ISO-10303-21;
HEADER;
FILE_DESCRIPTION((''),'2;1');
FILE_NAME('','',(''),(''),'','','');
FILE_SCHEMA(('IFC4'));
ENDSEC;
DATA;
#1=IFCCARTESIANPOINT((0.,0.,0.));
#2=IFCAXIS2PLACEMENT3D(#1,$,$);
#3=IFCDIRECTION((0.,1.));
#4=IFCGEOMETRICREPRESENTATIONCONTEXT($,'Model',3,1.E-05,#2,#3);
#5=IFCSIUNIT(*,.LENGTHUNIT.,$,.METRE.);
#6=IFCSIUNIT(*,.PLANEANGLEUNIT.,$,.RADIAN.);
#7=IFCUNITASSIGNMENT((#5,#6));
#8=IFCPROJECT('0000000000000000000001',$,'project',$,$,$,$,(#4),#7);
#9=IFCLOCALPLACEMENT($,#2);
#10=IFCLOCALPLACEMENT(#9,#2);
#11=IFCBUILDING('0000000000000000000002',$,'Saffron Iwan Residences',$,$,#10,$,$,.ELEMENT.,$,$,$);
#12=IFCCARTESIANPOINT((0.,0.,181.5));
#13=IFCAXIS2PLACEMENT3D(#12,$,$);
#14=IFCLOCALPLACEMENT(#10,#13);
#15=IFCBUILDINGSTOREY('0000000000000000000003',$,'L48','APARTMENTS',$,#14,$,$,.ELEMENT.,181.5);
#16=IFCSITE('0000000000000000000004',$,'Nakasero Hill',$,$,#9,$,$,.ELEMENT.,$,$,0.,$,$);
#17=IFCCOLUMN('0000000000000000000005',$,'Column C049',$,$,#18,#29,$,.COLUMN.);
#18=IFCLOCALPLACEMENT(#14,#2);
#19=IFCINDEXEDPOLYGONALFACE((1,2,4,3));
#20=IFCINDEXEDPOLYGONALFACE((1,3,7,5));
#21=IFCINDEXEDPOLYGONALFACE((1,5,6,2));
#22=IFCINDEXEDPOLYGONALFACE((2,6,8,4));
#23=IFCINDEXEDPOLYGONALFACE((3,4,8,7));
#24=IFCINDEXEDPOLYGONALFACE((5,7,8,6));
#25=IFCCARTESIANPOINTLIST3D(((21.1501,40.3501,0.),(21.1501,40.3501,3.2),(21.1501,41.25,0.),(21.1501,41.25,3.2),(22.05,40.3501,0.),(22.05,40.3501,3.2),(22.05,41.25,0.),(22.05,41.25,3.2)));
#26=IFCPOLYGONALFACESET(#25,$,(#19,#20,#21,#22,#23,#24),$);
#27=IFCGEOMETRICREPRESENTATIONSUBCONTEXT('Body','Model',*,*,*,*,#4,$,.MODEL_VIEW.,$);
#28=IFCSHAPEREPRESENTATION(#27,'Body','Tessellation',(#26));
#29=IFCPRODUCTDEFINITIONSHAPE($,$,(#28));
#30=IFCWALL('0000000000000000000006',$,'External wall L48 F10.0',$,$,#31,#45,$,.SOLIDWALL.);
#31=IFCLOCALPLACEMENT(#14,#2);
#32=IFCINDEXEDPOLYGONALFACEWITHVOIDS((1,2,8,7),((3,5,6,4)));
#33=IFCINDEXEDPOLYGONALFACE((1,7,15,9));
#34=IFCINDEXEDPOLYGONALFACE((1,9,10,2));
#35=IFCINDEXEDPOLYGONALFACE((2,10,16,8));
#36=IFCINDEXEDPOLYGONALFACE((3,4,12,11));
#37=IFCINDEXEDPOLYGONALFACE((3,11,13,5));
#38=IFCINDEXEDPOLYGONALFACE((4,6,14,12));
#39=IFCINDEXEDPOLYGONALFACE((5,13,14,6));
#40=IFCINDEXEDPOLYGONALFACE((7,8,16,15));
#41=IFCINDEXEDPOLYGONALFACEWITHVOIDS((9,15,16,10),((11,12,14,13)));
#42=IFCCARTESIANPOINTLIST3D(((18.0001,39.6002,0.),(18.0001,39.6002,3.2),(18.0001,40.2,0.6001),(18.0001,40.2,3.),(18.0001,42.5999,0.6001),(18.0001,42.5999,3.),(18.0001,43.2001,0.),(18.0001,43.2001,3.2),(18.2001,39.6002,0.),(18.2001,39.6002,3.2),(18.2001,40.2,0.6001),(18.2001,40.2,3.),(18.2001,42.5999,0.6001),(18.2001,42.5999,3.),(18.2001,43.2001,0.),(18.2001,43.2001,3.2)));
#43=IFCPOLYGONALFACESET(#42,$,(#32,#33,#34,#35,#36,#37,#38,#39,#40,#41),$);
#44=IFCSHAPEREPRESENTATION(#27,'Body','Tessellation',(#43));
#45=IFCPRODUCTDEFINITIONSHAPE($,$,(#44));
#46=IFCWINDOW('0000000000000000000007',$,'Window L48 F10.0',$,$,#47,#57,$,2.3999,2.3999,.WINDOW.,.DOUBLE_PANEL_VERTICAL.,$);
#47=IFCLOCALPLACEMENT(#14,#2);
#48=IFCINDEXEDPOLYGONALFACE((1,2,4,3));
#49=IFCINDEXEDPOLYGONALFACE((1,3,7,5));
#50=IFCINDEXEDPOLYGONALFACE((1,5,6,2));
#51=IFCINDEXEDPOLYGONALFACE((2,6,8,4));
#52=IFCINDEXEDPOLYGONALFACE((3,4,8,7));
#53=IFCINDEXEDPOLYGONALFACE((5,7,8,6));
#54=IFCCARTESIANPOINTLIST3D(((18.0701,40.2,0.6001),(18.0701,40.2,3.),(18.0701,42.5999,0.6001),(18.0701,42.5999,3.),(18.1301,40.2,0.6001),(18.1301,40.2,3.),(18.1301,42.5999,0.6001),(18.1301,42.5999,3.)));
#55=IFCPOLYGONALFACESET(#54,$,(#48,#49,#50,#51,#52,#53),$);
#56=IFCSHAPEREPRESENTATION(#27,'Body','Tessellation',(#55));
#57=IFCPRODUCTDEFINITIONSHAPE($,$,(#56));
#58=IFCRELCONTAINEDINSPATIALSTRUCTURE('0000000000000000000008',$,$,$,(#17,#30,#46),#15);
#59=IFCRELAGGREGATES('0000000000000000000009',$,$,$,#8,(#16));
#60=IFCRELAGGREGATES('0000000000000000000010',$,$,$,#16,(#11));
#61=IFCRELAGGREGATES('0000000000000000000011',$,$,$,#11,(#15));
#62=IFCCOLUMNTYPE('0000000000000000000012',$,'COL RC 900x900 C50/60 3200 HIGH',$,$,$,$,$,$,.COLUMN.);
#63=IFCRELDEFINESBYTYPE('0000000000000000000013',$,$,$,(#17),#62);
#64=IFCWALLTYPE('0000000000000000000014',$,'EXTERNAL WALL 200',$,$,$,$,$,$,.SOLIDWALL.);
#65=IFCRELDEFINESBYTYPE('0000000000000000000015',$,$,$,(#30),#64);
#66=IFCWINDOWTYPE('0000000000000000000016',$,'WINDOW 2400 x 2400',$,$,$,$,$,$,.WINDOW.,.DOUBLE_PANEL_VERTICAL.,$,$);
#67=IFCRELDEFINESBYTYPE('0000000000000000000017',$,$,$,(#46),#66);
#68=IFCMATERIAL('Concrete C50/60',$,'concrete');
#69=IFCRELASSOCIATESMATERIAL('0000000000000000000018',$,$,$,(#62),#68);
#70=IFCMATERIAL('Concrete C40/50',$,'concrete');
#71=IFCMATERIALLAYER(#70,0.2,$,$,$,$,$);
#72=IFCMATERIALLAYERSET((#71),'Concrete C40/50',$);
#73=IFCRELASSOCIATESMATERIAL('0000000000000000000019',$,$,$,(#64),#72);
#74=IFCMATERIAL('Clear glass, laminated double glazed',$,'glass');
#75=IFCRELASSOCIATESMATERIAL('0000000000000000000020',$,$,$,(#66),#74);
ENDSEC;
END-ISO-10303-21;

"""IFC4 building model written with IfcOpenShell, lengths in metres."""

from ifc_helpers import new_model, si_unit, direction, frame, frame_2d, origin, origin_2d, place, context, subcontext, project, spatial, rectangle, extrude, source, transform, mapped, material, layer, layer_set, material_profile, profile_set, type_object, element, fill, save


model = new_model("IFC4")

# Units and contexts
model_context = context("Model", 3, precision=1e-05, world=origin(), true_north=direction((0.0, 1.0)))
body_context = subcontext(model_context, "Body", "Model", "MODEL_VIEW")
ifc_project = project(units=[si_unit("LENGTHUNIT", "METRE"), si_unit("PLANEANGLEUNIT", "RADIAN")], contexts=[model_context])

# Site, building, storey
site_placement = place(None, origin())
site = spatial("IfcSite", under=ifc_project, at=site_placement, Name="Nakasero Hill", CompositionType="ELEMENT", RefElevation=0.0)
building_placement = place(site_placement, origin())
building = spatial("IfcBuilding", under=site, at=building_placement, Name="Saffron Iwan Residences", CompositionType="ELEMENT")
storey_placement = place(building_placement, frame((0.0, 0.0, 181.5)))
storey = spatial("IfcBuildingStorey", under=building, at=storey_placement, Name="L48", Description="APARTMENTS", CompositionType="ELEMENT", Elevation=181.5)

# Column
ifc_material_1 = material(Name="Concrete C50/60", Category="concrete")
ifc_material_profile = material_profile(ifc_material_1, rectangle(XDim=0.8999, YDim=0.8999, at=origin_2d()), Name="RC 900x900")
ifc_profile_set = profile_set([ifc_material_profile], Name="Concrete C50/60")
column_type = type_object("IfcColumnType", Name="COL RC 900x900 C50/60 3200 HIGH", PredefinedType="COLUMN", material=ifc_profile_set)
shared_shape = source(origin(), body_context, "Body", "SweptSolid", [
    extrude(rectangle(XDim=0.8999, YDim=0.8999, at=origin_2d()), origin(), (0.0, 0.0, 1.0), 3.2),
])
column_placement = place(storey_placement, frame((21.6001, 40.8, 0.0), z_axis=(0.0, 0.0, 1.0), x_axis=(1.0, 0.0, 0.0)))
element("IfcColumn", 1, at=column_placement, inside=storey, type_object=column_type, Name="Column C049", PredefinedType="COLUMN", context=body_context, shape_type="MappedRepresentation", body=[
    mapped(shared_shape, transform((0.0, 0.0, 0.0))),
])

# Wall, opening, window
ifc_material_2 = material(Name="Concrete C40/50", Category="concrete")
ifc_layer_1 = layer(ifc_material_2, 0.2)
ifc_layer_set_1 = layer_set([ifc_layer_1], Name="Concrete C40/50")
wall_type_1 = type_object("IfcWallType", Name="EXTERNAL WALL 200", PredefinedType="SOLIDWALL", material=ifc_layer_set_1)
wall_1_placement = place(storey_placement, frame((18.1001, 43.2, 0.0), z_axis=(0.0, 0.0, 1.0), x_axis=(0.0, -1.0, 0.0)))
wall_1 = element("IfcWall", 2, at=wall_1_placement, inside=storey, type_object=wall_type_1, Name="External wall L48 F10.0", PredefinedType="SOLIDWALL", context=body_context, shape_type="SweptSolid", body=[
    extrude(rectangle(XDim=3.5999, YDim=0.2, at=frame_2d((1.7998, 0.0))), origin(), (0.0, 0.0, 1.0), 3.2),
])
opening_1_placement = place(wall_1_placement, frame((0.6001, 0.0, 0.6001)))
opening_1 = element("IfcOpeningElement", 3, at=opening_1_placement, cuts=wall_1, PredefinedType="OPENING", context=body_context, shape_type="SweptSolid", body=[
    extrude(rectangle(XDim=2.3999, YDim=2.3999, at=frame_2d((1.2, 1.2))), frame((0.0, 0.1099, 0.0), z_axis=(0.0, -1.0, 0.0), x_axis=(1.0, 0.0, 0.0)), (0.0, 0.0, 1.0), 0.22),
])
ifc_material_3 = material(Name="Clear glass, laminated double glazed", Category="glass")
window_type_1 = type_object("IfcWindowType", Name="WINDOW 2400 x 2400", PartitioningType="DOUBLE_PANEL_VERTICAL", PredefinedType="WINDOW", material=ifc_material_3)
window_1_placement = place(opening_1_placement, origin())
window_1 = element("IfcWindow", 4, at=window_1_placement, inside=storey, type_object=window_type_1, Name="Window L48 F10.0", OverallHeight=2.3999, OverallWidth=2.3999, PartitioningType="DOUBLE_PANEL_VERTICAL", PredefinedType="WINDOW", context=body_context, shape_type="SweptSolid", body=[
    extrude(rectangle(XDim=2.3999, YDim=2.3999, at=frame_2d((1.2, 1.2))), frame((0.0, 0.03, 0.0), z_axis=(0.0, -1.0, 0.0), x_axis=(1.0, 0.0, 0.0)), (0.0, 0.0, 1.0), 0.0601),
])
fill(opening_1, window_1)

save(model, "model.ifc")
